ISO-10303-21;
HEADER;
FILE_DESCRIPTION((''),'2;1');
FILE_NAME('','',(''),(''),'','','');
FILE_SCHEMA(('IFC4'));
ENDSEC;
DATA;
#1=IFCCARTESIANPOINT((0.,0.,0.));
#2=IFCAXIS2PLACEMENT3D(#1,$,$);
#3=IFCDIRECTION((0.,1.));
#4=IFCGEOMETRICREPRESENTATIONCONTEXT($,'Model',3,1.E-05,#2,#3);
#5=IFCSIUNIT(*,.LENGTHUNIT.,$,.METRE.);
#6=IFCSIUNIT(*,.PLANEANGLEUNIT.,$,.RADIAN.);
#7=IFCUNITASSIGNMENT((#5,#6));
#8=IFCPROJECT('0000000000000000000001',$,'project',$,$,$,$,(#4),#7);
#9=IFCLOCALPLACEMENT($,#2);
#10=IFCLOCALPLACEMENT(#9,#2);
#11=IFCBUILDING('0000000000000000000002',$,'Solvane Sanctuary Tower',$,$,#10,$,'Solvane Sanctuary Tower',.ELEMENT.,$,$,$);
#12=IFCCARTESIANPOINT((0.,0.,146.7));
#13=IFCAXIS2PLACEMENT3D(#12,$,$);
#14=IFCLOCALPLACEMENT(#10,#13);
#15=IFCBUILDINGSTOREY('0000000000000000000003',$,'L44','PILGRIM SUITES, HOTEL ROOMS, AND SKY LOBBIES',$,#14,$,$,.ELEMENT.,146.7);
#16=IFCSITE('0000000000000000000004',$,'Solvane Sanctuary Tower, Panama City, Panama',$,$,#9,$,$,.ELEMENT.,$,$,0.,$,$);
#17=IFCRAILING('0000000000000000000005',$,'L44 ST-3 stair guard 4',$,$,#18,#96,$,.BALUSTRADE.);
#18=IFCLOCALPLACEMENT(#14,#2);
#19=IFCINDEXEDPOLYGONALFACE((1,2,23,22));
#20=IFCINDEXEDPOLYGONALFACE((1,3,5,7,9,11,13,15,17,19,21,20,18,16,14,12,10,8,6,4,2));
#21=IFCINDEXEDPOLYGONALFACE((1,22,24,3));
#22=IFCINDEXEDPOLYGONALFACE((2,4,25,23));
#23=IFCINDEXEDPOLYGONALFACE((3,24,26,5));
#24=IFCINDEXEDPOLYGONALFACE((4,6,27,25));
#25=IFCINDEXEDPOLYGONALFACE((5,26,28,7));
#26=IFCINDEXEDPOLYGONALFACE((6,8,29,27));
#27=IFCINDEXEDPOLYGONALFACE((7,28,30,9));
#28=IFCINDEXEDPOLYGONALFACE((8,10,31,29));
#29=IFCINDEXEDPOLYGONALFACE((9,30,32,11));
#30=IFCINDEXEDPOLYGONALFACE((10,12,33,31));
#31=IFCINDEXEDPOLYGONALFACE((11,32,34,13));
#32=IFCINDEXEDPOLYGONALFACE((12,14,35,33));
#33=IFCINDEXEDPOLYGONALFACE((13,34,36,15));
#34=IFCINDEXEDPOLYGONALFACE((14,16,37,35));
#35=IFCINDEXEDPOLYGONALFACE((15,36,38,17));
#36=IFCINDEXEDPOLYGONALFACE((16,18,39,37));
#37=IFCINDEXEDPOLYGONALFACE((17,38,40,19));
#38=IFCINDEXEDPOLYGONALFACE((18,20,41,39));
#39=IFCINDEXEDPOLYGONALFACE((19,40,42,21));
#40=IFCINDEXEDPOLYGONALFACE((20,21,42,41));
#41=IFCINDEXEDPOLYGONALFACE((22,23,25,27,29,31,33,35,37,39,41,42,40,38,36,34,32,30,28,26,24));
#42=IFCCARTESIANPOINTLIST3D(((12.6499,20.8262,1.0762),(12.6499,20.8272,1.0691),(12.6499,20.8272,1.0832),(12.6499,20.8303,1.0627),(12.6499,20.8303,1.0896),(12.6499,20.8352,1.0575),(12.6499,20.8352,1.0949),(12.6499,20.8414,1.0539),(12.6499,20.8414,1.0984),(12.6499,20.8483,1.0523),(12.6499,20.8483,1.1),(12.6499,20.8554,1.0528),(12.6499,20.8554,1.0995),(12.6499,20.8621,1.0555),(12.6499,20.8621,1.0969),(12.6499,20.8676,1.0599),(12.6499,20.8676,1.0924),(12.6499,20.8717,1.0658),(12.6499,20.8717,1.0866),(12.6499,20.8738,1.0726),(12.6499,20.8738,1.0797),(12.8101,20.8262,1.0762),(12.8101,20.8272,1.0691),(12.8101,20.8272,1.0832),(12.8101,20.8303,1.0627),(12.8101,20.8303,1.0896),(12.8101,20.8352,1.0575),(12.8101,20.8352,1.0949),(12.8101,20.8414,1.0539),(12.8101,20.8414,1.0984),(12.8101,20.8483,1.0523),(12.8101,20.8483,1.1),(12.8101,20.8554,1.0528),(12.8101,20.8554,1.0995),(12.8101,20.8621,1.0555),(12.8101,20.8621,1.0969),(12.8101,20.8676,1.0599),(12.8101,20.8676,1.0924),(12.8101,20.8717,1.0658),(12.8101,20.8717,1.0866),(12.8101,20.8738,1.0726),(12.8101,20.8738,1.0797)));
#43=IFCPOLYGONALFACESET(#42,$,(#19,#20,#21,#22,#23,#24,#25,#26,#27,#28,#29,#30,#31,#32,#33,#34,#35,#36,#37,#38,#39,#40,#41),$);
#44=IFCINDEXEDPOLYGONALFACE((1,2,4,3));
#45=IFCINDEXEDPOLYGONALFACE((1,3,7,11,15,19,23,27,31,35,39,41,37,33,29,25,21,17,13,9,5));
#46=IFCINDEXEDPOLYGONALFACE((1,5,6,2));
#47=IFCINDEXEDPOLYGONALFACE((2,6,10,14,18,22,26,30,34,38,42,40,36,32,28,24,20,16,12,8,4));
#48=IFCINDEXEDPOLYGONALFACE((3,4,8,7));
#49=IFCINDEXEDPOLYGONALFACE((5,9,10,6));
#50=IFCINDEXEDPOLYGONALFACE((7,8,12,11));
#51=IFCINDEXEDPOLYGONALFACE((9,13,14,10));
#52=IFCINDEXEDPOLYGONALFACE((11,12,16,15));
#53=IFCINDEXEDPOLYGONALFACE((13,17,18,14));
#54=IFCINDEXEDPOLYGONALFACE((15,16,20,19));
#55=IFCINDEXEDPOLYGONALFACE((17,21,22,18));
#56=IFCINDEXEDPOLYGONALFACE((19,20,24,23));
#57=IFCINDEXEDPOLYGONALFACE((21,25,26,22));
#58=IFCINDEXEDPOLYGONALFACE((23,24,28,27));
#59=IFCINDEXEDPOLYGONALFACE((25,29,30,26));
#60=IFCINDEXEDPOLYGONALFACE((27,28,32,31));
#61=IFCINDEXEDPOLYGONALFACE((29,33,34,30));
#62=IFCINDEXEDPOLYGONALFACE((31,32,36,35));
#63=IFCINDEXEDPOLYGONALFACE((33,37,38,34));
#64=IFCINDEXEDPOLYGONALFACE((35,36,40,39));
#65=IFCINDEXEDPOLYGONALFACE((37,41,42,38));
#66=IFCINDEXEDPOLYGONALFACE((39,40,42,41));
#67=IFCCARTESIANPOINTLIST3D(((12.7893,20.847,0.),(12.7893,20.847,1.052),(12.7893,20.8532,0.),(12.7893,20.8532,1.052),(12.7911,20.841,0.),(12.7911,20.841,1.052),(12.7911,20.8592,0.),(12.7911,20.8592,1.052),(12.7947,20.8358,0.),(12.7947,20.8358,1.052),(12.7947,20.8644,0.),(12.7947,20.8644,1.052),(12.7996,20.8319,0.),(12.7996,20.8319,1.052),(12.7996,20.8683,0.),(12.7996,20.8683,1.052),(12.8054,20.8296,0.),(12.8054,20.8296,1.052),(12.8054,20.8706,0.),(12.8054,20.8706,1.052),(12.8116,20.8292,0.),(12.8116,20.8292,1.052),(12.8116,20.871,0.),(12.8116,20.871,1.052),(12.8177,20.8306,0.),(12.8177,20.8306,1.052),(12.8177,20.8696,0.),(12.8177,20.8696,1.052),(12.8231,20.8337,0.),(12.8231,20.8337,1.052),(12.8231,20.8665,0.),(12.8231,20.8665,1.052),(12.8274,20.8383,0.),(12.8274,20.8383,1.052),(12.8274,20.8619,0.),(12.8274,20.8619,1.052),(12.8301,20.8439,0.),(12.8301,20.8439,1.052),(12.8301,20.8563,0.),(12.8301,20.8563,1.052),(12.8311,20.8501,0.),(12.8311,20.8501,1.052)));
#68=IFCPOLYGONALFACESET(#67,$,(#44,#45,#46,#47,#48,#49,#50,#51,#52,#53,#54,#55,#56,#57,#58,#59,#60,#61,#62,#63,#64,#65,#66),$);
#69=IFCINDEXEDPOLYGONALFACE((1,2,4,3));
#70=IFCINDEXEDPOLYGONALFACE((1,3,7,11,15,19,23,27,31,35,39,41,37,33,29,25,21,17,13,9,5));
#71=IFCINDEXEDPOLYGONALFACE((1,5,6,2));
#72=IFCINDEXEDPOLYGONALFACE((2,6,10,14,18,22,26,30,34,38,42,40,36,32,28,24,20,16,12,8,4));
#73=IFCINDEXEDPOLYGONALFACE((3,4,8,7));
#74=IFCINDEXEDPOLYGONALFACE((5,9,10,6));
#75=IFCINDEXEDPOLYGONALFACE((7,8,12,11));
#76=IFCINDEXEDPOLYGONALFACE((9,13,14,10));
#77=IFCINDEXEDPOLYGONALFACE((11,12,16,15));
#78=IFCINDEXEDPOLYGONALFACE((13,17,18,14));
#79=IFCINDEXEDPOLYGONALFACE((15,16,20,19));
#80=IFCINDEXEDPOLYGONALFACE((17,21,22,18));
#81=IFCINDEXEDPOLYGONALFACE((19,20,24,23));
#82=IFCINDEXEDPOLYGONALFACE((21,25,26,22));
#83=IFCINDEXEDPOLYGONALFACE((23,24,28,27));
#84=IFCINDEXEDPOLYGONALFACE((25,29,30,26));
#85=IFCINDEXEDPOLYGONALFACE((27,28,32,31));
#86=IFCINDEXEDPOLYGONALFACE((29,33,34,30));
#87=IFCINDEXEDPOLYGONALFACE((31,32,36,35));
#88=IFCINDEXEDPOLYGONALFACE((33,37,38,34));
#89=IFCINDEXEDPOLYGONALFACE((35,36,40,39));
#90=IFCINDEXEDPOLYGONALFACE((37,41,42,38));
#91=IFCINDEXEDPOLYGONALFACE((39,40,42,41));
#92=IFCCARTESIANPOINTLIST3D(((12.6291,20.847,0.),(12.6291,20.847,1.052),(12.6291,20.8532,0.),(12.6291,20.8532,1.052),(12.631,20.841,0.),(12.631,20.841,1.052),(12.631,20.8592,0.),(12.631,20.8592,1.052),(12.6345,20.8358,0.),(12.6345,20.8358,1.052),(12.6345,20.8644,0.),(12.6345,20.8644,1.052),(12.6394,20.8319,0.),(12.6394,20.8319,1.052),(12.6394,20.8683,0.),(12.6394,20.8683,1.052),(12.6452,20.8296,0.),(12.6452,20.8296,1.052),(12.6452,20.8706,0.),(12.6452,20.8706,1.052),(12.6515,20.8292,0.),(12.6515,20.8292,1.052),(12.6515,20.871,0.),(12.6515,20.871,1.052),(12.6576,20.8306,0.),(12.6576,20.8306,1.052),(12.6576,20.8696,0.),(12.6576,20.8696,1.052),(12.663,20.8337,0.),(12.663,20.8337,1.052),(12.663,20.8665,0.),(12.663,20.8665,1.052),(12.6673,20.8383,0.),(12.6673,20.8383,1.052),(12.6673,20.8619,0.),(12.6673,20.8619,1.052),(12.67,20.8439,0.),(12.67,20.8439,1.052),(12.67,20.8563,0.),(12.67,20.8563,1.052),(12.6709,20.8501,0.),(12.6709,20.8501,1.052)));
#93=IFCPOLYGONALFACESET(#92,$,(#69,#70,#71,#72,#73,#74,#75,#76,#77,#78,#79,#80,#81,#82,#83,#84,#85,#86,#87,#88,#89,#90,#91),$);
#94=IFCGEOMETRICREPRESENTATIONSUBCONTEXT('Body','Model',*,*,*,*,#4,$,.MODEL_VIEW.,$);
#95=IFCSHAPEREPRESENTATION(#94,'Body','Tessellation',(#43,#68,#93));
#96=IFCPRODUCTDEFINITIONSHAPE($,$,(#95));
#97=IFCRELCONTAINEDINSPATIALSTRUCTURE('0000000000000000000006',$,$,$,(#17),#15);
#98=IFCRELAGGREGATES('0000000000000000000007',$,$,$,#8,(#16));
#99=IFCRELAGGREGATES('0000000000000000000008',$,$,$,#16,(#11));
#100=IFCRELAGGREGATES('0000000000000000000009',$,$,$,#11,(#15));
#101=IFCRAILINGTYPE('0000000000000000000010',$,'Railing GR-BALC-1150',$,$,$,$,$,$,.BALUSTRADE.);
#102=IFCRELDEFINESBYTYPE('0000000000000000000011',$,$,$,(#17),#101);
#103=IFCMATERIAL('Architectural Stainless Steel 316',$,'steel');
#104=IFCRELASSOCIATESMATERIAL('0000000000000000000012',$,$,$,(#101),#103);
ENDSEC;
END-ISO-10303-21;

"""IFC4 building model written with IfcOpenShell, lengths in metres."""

from ifc_helpers import new_model, si_unit, direction, frame, origin, origin_2d, place, context, subcontext, project, spatial, circle, extrude, material, type_object, element, save


model = new_model("IFC4")

# Units and contexts
model_context = context("Model", 3, precision=1e-05, world=origin(), true_north=direction((0.0, 1.0)))
body_context = subcontext(model_context, "Body", "Model", "MODEL_VIEW")
ifc_project = project(units=[si_unit("LENGTHUNIT", "METRE"), si_unit("PLANEANGLEUNIT", "RADIAN")], contexts=[model_context])

# Site, building, storey
site_placement = place(None, origin())
site = spatial("IfcSite", under=ifc_project, at=site_placement, Name="Solvane Sanctuary Tower, Panama City, Panama", CompositionType="ELEMENT", RefElevation=0.0)
building_placement = place(site_placement, origin())
building = spatial("IfcBuilding", under=site, at=building_placement, Name="Solvane Sanctuary Tower", LongName="Solvane Sanctuary Tower", CompositionType="ELEMENT")
storey_placement = place(building_placement, frame((0.0, 0.0, 146.7)))
storey = spatial("IfcBuildingStorey", under=building, at=storey_placement, Name="L44", Description="PILGRIM SUITES, HOTEL ROOMS, AND SKY LOBBIES", CompositionType="ELEMENT", Elevation=146.7)

# Railing
ifc_material_1 = material(Name="Architectural Stainless Steel 316", Category="steel")
railing_type_1 = type_object("IfcRailingType", Name="Railing GR-BALC-1150", PredefinedType="BALUSTRADE", material=ifc_material_1)
railing_1_placement = place(storey_placement, frame((12.8101, 20.8501, 0.0)))
element("IfcRailing", 1, at=railing_1_placement, inside=storey, type_object=railing_type_1, Name="L44 ST-3 stair guard 4", PredefinedType="BALUSTRADE", context=body_context, shape_type="SweptSolid", body=[
    extrude(circle(Radius=0.0239, at=origin_2d()), frame((0.0, 0.0, 1.0762), z_axis=(-1.0, 0.0, 0.0), x_axis=(0.0, -1.0, 0.0)), (0.0, 0.0, 1.0), 0.1602),
    extrude(circle(Radius=0.021, at=origin_2d()), origin(), (0.0, 0.0, 1.0), 1.052),
    extrude(circle(Radius=0.021, at=origin_2d()), frame((-0.1602, 0.0, 0.0)), (0.0, 0.0, 1.0), 1.052),
])

save(model, "model.ifc")
